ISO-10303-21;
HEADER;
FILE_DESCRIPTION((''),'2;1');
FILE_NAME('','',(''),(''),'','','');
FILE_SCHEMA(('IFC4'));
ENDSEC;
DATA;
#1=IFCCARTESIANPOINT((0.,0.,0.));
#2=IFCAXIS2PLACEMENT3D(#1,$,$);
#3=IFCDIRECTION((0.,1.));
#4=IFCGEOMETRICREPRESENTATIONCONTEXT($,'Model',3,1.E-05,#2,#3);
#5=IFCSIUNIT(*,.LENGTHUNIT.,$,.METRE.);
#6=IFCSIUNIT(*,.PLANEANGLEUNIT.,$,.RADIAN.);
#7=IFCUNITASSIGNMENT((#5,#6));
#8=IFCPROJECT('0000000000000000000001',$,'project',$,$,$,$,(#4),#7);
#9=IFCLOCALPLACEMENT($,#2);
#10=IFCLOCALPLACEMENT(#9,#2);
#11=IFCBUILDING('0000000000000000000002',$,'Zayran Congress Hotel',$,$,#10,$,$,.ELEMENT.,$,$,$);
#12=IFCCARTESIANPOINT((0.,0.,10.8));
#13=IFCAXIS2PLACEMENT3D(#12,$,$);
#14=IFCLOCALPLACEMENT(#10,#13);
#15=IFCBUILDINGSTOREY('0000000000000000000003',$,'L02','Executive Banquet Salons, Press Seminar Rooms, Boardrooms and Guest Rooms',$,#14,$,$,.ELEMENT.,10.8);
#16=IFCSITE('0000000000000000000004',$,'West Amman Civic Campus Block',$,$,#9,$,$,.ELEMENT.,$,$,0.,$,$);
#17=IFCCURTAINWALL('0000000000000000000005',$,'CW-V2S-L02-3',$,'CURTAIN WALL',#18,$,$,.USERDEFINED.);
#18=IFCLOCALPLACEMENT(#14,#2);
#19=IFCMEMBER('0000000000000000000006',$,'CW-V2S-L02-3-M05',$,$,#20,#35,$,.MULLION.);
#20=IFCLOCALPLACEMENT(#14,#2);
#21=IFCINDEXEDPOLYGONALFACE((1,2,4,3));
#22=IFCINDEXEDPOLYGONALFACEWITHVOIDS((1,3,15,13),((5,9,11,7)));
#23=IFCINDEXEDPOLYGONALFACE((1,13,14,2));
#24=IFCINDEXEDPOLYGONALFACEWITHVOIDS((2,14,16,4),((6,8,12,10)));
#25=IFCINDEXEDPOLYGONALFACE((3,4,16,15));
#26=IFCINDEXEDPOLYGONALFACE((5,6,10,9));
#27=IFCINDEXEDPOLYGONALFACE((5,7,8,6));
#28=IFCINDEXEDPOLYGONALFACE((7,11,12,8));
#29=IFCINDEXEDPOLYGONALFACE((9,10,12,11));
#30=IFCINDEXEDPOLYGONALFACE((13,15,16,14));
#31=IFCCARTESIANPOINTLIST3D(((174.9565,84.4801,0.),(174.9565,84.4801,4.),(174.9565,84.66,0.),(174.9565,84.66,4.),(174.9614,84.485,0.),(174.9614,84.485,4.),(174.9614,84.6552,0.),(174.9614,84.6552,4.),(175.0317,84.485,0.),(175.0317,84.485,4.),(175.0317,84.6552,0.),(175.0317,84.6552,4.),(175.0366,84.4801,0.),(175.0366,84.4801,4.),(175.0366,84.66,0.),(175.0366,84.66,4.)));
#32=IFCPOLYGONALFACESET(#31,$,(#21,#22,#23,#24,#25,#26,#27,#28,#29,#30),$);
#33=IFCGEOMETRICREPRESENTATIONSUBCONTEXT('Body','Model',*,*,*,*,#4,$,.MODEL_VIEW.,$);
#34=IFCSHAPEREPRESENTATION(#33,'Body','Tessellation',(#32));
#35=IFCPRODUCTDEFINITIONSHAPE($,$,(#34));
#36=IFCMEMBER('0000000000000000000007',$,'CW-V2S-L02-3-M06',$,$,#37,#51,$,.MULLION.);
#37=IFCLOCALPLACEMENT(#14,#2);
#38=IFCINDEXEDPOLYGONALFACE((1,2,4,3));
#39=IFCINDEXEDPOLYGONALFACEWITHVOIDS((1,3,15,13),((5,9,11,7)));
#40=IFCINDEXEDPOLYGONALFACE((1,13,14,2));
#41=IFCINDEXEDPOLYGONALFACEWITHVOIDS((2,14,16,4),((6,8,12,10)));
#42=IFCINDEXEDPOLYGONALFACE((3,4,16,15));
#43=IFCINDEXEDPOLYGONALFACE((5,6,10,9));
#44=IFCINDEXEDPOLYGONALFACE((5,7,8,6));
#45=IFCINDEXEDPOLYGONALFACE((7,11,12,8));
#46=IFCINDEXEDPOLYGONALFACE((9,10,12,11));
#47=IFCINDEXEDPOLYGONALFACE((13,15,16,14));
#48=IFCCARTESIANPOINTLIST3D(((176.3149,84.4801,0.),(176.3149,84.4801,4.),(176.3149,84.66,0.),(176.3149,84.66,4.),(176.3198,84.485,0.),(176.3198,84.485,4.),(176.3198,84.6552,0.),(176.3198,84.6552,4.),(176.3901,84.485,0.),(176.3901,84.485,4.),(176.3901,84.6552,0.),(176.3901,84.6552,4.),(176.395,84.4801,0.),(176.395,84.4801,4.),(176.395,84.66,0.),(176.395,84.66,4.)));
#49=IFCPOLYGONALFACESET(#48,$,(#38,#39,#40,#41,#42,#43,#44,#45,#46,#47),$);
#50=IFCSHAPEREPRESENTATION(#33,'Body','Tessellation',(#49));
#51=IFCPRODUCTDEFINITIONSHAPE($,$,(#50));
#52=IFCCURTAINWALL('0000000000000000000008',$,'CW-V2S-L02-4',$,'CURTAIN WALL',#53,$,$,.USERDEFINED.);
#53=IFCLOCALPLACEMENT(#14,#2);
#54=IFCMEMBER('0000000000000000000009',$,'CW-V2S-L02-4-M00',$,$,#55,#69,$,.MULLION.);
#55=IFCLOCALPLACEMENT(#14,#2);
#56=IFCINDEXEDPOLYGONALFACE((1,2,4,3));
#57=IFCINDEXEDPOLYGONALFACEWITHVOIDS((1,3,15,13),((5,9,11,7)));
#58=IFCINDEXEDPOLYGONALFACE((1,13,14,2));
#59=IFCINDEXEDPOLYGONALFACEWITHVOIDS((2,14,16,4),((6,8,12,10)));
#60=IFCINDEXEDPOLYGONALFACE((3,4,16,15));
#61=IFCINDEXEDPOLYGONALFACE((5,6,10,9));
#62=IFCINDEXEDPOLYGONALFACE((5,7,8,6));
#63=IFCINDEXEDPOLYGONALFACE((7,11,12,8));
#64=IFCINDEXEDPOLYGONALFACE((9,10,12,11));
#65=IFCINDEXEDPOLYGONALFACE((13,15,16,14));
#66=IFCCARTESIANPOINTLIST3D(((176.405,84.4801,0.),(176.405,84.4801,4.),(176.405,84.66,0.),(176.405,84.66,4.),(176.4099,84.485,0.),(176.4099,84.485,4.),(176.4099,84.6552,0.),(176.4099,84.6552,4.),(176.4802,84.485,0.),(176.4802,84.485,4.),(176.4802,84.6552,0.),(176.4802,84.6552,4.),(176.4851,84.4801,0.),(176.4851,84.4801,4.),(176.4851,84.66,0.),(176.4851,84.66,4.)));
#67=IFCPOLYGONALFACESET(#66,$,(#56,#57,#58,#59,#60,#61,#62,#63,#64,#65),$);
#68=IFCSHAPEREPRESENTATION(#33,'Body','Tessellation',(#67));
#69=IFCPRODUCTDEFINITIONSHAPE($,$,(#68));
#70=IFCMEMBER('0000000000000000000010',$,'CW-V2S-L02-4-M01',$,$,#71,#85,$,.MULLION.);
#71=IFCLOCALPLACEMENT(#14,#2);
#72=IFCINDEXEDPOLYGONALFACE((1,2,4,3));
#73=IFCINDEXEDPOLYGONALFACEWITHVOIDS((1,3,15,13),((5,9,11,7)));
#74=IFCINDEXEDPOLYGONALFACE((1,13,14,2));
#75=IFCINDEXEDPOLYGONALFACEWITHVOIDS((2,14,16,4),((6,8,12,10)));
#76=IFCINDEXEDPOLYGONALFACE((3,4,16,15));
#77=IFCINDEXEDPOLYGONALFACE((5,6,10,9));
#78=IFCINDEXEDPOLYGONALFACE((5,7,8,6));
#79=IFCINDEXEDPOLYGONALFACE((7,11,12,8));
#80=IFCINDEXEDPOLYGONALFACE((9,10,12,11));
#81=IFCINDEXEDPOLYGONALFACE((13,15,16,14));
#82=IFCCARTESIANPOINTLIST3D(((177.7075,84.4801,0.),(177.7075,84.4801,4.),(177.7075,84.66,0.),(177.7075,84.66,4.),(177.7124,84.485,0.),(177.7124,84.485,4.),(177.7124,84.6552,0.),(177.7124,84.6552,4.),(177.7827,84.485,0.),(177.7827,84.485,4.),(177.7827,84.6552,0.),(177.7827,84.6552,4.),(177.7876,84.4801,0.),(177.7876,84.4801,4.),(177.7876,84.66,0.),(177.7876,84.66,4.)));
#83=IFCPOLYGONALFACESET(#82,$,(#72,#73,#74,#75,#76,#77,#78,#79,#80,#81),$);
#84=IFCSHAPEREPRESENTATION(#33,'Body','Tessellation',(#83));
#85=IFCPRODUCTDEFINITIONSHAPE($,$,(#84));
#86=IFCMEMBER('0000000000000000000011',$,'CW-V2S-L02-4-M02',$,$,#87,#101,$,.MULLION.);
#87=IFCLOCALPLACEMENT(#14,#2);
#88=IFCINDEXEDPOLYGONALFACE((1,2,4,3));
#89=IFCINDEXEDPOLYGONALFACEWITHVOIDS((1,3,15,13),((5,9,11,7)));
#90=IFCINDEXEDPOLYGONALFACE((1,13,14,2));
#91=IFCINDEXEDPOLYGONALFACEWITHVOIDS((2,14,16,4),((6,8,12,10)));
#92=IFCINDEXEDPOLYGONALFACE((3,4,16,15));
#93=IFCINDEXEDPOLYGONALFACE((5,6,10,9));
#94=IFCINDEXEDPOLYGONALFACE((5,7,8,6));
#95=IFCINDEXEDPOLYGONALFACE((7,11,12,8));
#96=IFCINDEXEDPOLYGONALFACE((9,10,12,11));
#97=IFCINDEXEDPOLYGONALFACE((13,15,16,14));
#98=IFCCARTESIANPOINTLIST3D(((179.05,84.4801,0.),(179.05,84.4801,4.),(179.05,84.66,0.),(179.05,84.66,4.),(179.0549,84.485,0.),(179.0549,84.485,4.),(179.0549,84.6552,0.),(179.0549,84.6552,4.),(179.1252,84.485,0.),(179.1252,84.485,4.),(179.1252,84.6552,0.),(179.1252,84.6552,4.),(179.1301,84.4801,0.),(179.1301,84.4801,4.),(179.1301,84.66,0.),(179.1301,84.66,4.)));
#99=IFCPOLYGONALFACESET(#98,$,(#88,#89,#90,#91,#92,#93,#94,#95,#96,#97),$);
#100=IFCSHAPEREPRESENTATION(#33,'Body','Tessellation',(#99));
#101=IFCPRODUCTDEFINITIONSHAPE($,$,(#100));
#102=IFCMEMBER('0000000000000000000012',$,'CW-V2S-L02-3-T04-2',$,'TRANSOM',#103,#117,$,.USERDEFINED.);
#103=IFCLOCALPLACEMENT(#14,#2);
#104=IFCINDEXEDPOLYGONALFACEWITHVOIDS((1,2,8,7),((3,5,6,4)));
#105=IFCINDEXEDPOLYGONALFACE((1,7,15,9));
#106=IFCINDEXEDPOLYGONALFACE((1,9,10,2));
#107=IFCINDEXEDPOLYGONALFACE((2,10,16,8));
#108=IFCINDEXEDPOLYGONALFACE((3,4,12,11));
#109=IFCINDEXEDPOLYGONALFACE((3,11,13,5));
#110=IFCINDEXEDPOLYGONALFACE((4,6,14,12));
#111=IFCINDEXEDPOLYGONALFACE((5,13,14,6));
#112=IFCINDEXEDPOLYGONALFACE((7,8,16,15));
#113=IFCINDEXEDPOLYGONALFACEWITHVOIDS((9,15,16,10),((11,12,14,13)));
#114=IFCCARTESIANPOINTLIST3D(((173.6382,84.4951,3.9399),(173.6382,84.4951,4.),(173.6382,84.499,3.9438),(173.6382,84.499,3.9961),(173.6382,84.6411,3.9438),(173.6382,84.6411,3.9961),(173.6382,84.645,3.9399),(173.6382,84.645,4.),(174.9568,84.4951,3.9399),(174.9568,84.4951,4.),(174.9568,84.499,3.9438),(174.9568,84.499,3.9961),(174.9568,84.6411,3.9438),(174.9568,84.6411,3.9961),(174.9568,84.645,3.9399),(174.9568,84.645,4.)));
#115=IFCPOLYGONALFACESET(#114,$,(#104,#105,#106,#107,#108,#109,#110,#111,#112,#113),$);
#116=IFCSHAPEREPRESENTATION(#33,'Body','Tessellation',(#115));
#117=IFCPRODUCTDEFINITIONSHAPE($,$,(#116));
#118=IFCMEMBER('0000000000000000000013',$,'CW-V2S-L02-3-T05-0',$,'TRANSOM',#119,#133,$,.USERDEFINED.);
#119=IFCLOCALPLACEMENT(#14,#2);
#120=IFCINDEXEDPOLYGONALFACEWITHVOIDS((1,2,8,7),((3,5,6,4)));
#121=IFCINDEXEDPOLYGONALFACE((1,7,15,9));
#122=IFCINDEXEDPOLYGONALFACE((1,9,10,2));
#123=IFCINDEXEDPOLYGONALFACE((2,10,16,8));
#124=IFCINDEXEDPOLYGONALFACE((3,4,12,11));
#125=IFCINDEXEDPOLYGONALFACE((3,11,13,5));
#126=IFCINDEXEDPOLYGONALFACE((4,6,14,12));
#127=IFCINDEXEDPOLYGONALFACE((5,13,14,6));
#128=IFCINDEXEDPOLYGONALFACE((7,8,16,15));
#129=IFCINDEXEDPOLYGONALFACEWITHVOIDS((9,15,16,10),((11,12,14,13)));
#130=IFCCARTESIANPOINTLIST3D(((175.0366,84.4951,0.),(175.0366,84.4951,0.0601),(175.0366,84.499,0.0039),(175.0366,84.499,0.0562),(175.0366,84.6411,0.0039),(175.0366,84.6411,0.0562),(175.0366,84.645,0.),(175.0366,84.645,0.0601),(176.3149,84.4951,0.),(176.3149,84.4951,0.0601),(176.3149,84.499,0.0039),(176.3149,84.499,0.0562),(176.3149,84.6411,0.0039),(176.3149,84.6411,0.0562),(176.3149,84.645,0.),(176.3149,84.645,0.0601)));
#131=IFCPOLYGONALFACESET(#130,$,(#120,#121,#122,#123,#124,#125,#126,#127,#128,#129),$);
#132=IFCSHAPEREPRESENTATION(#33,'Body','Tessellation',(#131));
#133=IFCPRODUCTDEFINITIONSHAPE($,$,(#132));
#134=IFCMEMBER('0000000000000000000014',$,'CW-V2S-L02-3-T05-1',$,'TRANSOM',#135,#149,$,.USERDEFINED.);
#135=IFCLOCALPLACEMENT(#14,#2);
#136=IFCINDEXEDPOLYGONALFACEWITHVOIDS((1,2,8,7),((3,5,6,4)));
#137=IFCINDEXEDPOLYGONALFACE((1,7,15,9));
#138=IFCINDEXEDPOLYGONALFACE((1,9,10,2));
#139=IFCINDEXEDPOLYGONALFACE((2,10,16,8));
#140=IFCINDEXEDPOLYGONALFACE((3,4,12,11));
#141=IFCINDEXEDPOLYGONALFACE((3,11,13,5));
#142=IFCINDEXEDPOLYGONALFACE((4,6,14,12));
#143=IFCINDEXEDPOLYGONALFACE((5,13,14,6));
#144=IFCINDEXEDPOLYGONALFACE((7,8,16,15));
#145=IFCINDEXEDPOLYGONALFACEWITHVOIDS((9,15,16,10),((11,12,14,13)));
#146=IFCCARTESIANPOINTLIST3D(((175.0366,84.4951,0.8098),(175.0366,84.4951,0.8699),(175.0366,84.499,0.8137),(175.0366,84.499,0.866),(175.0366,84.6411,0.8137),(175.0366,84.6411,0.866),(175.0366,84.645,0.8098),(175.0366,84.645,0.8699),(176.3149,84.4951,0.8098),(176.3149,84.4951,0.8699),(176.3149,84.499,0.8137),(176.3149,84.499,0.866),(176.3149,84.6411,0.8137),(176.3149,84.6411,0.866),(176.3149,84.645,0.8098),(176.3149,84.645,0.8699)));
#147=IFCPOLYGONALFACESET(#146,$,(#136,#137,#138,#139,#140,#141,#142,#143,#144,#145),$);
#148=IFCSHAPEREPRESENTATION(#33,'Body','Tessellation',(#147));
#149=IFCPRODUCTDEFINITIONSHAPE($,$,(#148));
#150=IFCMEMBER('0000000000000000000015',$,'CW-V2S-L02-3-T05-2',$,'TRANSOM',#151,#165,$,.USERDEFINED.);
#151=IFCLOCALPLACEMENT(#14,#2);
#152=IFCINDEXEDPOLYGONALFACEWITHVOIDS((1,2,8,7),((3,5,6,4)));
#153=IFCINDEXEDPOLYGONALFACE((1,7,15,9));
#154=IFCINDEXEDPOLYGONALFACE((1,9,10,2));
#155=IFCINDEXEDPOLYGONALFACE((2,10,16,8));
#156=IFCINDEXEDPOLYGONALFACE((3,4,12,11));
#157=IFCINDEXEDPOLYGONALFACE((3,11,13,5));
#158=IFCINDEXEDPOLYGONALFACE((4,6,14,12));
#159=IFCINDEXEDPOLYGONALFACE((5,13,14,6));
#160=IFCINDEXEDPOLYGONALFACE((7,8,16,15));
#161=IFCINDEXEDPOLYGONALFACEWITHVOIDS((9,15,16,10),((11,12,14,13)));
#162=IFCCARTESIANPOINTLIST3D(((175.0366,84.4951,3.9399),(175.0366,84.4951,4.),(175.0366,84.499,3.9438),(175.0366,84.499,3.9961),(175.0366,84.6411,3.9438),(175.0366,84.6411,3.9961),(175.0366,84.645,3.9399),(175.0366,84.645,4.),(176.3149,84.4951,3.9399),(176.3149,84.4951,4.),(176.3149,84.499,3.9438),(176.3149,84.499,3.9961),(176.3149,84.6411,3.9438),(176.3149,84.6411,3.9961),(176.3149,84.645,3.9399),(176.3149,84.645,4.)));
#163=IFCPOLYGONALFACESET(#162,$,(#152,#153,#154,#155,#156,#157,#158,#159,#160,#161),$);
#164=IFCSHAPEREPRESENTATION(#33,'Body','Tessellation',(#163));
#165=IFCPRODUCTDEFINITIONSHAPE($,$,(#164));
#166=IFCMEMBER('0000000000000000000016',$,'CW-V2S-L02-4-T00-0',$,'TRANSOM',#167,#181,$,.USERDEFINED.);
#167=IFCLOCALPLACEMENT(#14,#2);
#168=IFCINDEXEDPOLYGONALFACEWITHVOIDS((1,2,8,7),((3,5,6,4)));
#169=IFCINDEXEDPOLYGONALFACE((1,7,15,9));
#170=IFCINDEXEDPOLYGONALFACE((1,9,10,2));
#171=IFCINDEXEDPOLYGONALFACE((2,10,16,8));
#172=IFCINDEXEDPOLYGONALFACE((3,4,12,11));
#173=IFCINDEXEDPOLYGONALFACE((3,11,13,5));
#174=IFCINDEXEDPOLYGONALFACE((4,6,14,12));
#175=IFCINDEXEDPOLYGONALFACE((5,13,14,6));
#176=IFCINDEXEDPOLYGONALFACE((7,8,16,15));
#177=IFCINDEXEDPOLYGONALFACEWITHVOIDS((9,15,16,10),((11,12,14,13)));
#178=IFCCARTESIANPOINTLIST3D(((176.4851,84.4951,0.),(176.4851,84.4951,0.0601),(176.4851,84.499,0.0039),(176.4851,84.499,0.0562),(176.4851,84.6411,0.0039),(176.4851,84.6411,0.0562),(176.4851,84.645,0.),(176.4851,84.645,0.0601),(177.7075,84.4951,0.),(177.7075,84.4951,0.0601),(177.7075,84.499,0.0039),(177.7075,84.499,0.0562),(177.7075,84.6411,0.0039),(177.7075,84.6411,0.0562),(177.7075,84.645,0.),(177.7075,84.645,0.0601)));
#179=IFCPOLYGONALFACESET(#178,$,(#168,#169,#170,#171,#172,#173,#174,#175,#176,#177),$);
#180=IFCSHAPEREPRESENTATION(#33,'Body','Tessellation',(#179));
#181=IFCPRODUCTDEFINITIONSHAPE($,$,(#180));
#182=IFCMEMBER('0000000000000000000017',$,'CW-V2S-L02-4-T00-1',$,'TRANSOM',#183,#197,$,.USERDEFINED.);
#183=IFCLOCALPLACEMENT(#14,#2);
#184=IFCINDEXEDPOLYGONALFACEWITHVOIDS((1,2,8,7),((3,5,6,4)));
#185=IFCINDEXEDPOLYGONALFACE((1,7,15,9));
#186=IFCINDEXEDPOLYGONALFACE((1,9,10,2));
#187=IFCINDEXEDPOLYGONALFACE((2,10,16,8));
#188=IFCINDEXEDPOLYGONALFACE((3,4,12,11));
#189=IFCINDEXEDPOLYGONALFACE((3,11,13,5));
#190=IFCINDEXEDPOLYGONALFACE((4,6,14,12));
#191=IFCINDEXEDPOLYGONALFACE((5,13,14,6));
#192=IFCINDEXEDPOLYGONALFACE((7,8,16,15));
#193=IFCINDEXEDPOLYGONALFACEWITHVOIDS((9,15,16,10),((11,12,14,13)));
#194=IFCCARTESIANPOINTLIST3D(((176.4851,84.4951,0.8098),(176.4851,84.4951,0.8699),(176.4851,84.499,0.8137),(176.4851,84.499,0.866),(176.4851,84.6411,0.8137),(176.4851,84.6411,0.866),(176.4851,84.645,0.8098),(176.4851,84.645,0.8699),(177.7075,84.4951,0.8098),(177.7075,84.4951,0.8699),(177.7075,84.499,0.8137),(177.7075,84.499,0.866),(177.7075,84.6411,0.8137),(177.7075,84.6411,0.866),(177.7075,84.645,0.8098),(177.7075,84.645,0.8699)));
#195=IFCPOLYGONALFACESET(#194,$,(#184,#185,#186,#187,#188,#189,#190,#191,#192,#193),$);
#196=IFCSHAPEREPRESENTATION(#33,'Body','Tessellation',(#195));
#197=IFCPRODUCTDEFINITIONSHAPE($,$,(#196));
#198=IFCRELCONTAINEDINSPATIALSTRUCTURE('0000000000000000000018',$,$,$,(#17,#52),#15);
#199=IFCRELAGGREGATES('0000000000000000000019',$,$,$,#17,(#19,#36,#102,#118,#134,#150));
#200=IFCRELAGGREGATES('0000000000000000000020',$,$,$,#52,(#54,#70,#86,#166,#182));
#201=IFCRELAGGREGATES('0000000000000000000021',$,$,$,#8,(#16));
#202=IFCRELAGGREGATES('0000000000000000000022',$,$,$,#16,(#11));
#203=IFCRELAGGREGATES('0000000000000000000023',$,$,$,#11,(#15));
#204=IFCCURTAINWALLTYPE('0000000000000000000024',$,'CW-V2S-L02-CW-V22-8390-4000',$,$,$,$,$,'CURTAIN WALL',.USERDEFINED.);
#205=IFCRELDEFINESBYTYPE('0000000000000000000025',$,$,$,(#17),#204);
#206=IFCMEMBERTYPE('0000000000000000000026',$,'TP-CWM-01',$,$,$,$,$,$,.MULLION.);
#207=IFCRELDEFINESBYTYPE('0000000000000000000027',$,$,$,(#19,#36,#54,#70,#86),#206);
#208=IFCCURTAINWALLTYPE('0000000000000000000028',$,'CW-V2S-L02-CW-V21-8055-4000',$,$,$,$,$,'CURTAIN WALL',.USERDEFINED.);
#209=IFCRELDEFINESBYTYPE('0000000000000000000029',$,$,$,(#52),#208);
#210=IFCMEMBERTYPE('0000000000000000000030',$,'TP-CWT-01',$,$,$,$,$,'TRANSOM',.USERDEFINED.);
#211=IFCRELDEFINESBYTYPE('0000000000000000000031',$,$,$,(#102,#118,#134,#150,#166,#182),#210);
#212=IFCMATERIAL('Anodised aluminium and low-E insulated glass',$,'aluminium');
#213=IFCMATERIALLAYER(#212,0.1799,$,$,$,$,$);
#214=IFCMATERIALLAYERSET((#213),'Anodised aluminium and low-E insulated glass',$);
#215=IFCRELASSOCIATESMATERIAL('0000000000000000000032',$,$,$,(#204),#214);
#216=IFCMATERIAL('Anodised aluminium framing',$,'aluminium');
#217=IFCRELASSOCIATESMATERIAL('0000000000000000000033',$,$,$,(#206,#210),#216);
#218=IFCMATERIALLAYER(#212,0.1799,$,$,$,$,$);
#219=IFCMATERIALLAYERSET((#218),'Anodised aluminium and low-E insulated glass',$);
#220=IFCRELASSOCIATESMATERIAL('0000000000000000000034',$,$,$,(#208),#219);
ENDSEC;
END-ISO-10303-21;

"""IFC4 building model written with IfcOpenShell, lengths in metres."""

from ifc_helpers import new_model, si_unit, direction, frame, origin, origin_2d, place, context, subcontext, project, spatial, hollow_rectangle, extrude, material, layer, layer_set, material_profile, profile_set, type_object, element, aggregate, save


model = new_model("IFC4")

# Units and contexts
model_context = context("Model", 3, precision=1e-05, world=origin(), true_north=direction((0.0, 1.0)))
body_context = subcontext(model_context, "Body", "Model", "MODEL_VIEW")
ifc_project = project(units=[si_unit("LENGTHUNIT", "METRE"), si_unit("PLANEANGLEUNIT", "RADIAN")], contexts=[model_context])

# Site, building, storey
site_placement = place(None, origin())
site = spatial("IfcSite", under=ifc_project, at=site_placement, Name="West Amman Civic Campus Block", CompositionType="ELEMENT", RefElevation=0.0)
building_placement = place(site_placement, origin())
building = spatial("IfcBuilding", under=site, at=building_placement, Name="Zayran Congress Hotel", CompositionType="ELEMENT")
storey_placement = place(building_placement, frame((0.0, 0.0, 10.8)))
storey = spatial("IfcBuildingStorey", under=building, at=storey_placement, Name="L02", Description="Executive Banquet Salons, Press Seminar Rooms, Boardrooms and Guest Rooms", CompositionType="ELEMENT", Elevation=10.8)

# Curtain walls, members
ifc_material_1 = material(Name="Anodised aluminium and low-E insulated glass", Category="aluminium")
ifc_layer_1 = layer(ifc_material_1, 0.1799)
ifc_layer_set_1 = layer_set([ifc_layer_1], Name="Anodised aluminium and low-E insulated glass")
curtain_wall_type_1 = type_object("IfcCurtainWallType", Name="CW-V2S-L02-CW-V22-8390-4000", ElementType="CURTAIN WALL", PredefinedType="USERDEFINED", material=ifc_layer_set_1)
curtain_wall_1_placement = place(storey_placement, origin())
curtain_wall_1 = element("IfcCurtainWall", 1, at=curtain_wall_1_placement, inside=storey, type_object=curtain_wall_type_1, Name="CW-V2S-L02-3", ObjectType="CURTAIN WALL", PredefinedType="USERDEFINED")
ifc_material_2 = material(Name="Anodised aluminium framing", Category="aluminium")
ifc_material_profile_1 = material_profile(ifc_material_2, hollow_rectangle(XDim=0.0801, YDim=0.1799, WallThickness=0.0049, at=origin_2d()), Name="RHS 180x80x5")
ifc_profile_set_1 = profile_set([ifc_material_profile_1], Name="Anodised aluminium framing")
member_type_1 = type_object("IfcMemberType", Name="TP-CWM-01", PredefinedType="MULLION", material=ifc_profile_set_1)
member_1_placement = place(storey_placement, frame((174.9966, 84.5701, 0.0), z_axis=(0.0, 0.0, 1.0), x_axis=(1.0, 0.0, 0.0)))
member_1 = element("IfcMember", 2, at=member_1_placement, type_object=member_type_1, Name="CW-V2S-L02-3-M05", PredefinedType="MULLION", context=body_context, shape_type="SweptSolid", body=[
    extrude(hollow_rectangle(XDim=0.0801, YDim=0.1799, WallThickness=0.0049, at=origin_2d()), origin(), (0.0, 0.0, 1.0), 4.0),
])
member_2_placement = place(storey_placement, frame((176.355, 84.5701, 0.0), z_axis=(0.0, 0.0, 1.0), x_axis=(1.0, 0.0, 0.0)))
member_2 = element("IfcMember", 3, at=member_2_placement, type_object=member_type_1, Name="CW-V2S-L02-3-M06", PredefinedType="MULLION", context=body_context, shape_type="SweptSolid", body=[
    extrude(hollow_rectangle(XDim=0.0801, YDim=0.1799, WallThickness=0.0049, at=origin_2d()), origin(), (0.0, 0.0, 1.0), 4.0),
])
ifc_layer_2 = layer(ifc_material_1, 0.1799)
ifc_layer_set_2 = layer_set([ifc_layer_2], Name="Anodised aluminium and low-E insulated glass")
curtain_wall_type_2 = type_object("IfcCurtainWallType", Name="CW-V2S-L02-CW-V21-8055-4000", ElementType="CURTAIN WALL", PredefinedType="USERDEFINED", material=ifc_layer_set_2)
curtain_wall_2_placement = place(storey_placement, origin())
curtain_wall_2 = element("IfcCurtainWall", 4, at=curtain_wall_2_placement, inside=storey, type_object=curtain_wall_type_2, Name="CW-V2S-L02-4", ObjectType="CURTAIN WALL", PredefinedType="USERDEFINED")
member_3_placement = place(storey_placement, frame((176.4451, 84.5701, 0.0), z_axis=(0.0, 0.0, 1.0), x_axis=(1.0, 0.0, 0.0)))
member_3 = element("IfcMember", 5, at=member_3_placement, type_object=member_type_1, Name="CW-V2S-L02-4-M00", PredefinedType="MULLION", context=body_context, shape_type="SweptSolid", body=[
    extrude(hollow_rectangle(XDim=0.0801, YDim=0.1799, WallThickness=0.0049, at=origin_2d()), origin(), (0.0, 0.0, 1.0), 4.0),
])
member_4_placement = place(storey_placement, frame((177.7476, 84.5701, 0.0), z_axis=(0.0, 0.0, 1.0), x_axis=(1.0, 0.0, 0.0)))
member_4 = element("IfcMember", 6, at=member_4_placement, type_object=member_type_1, Name="CW-V2S-L02-4-M01", PredefinedType="MULLION", context=body_context, shape_type="SweptSolid", body=[
    extrude(hollow_rectangle(XDim=0.0801, YDim=0.1799, WallThickness=0.0049, at=origin_2d()), origin(), (0.0, 0.0, 1.0), 4.0),
])
member_5_placement = place(storey_placement, frame((179.0901, 84.5701, 0.0), z_axis=(0.0, 0.0, 1.0), x_axis=(1.0, 0.0, 0.0)))
member_5 = element("IfcMember", 7, at=member_5_placement, type_object=member_type_1, Name="CW-V2S-L02-4-M02", PredefinedType="MULLION", context=body_context, shape_type="SweptSolid", body=[
    extrude(hollow_rectangle(XDim=0.0801, YDim=0.1799, WallThickness=0.0049, at=origin_2d()), origin(), (0.0, 0.0, 1.0), 4.0),
])

# Members
ifc_material_profile_2 = material_profile(ifc_material_2, hollow_rectangle(XDim=0.0601, YDim=0.1499, WallThickness=0.0039, at=origin_2d()), Name="RHS 150x60x4")
ifc_profile_set_2 = profile_set([ifc_material_profile_2], Name="Anodised aluminium framing")
member_type_2 = type_object("IfcMemberType", Name="TP-CWT-01", ElementType="TRANSOM", PredefinedType="USERDEFINED", material=ifc_profile_set_2)
member_6_placement = place(storey_placement, frame((173.6382, 84.5701, 3.97), z_axis=(1.0, 0.0, 0.0), x_axis=(0.0, 0.0, 1.0)))
member_6 = element("IfcMember", 8, at=member_6_placement, type_object=member_type_2, Name="CW-V2S-L02-3-T04-2", ObjectType="TRANSOM", PredefinedType="USERDEFINED", context=body_context, shape_type="SweptSolid", body=[
    extrude(hollow_rectangle(XDim=0.0601, YDim=0.1499, WallThickness=0.0039, at=origin_2d()), origin(), (0.0, 0.0, 1.0), 1.3186),
])
member_7_placement = place(storey_placement, frame((175.0366, 84.5701, 0.03), z_axis=(1.0, 0.0, 0.0), x_axis=(0.0, 0.0, 1.0)))
member_7 = element("IfcMember", 9, at=member_7_placement, type_object=member_type_2, Name="CW-V2S-L02-3-T05-0", ObjectType="TRANSOM", PredefinedType="USERDEFINED", context=body_context, shape_type="SweptSolid", body=[
    extrude(hollow_rectangle(XDim=0.0601, YDim=0.1499, WallThickness=0.0039, at=origin_2d()), origin(), (0.0, 0.0, 1.0), 1.2783),
])
member_8_placement = place(storey_placement, frame((175.0366, 84.5701, 0.8398), z_axis=(1.0, 0.0, 0.0), x_axis=(0.0, 0.0, 1.0)))
member_8 = element("IfcMember", 10, at=member_8_placement, type_object=member_type_2, Name="CW-V2S-L02-3-T05-1", ObjectType="TRANSOM", PredefinedType="USERDEFINED", context=body_context, shape_type="SweptSolid", body=[
    extrude(hollow_rectangle(XDim=0.0601, YDim=0.1499, WallThickness=0.0039, at=origin_2d()), origin(), (0.0, 0.0, 1.0), 1.2783),
])
member_9_placement = place(storey_placement, frame((175.0366, 84.5701, 3.97), z_axis=(1.0, 0.0, 0.0), x_axis=(0.0, 0.0, 1.0)))
member_9 = element("IfcMember", 11, at=member_9_placement, type_object=member_type_2, Name="CW-V2S-L02-3-T05-2", ObjectType="TRANSOM", PredefinedType="USERDEFINED", context=body_context, shape_type="SweptSolid", body=[
    extrude(hollow_rectangle(XDim=0.0601, YDim=0.1499, WallThickness=0.0039, at=origin_2d()), origin(), (0.0, 0.0, 1.0), 1.2783),
])
member_10_placement = place(storey_placement, frame((176.4851, 84.5701, 0.03), z_axis=(1.0, 0.0, 0.0), x_axis=(0.0, 0.0, 1.0)))
member_10 = element("IfcMember", 12, at=member_10_placement, type_object=member_type_2, Name="CW-V2S-L02-4-T00-0", ObjectType="TRANSOM", PredefinedType="USERDEFINED", context=body_context, shape_type="SweptSolid", body=[
    extrude(hollow_rectangle(XDim=0.0601, YDim=0.1499, WallThickness=0.0039, at=origin_2d()), origin(), (0.0, 0.0, 1.0), 1.2224),
])
member_11_placement = place(storey_placement, frame((176.4851, 84.5701, 0.8398), z_axis=(1.0, 0.0, 0.0), x_axis=(0.0, 0.0, 1.0)))
member_11 = element("IfcMember", 13, at=member_11_placement, type_object=member_type_2, Name="CW-V2S-L02-4-T00-1", ObjectType="TRANSOM", PredefinedType="USERDEFINED", context=body_context, shape_type="SweptSolid", body=[
    extrude(hollow_rectangle(XDim=0.0601, YDim=0.1499, WallThickness=0.0039, at=origin_2d()), origin(), (0.0, 0.0, 1.0), 1.2224),
])

aggregate(curtain_wall_1, [member_1, member_2, member_6, member_7, member_8, member_9])
aggregate(curtain_wall_2, [member_3, member_4, member_5, member_10, member_11])

save(model, "model.ifc")
